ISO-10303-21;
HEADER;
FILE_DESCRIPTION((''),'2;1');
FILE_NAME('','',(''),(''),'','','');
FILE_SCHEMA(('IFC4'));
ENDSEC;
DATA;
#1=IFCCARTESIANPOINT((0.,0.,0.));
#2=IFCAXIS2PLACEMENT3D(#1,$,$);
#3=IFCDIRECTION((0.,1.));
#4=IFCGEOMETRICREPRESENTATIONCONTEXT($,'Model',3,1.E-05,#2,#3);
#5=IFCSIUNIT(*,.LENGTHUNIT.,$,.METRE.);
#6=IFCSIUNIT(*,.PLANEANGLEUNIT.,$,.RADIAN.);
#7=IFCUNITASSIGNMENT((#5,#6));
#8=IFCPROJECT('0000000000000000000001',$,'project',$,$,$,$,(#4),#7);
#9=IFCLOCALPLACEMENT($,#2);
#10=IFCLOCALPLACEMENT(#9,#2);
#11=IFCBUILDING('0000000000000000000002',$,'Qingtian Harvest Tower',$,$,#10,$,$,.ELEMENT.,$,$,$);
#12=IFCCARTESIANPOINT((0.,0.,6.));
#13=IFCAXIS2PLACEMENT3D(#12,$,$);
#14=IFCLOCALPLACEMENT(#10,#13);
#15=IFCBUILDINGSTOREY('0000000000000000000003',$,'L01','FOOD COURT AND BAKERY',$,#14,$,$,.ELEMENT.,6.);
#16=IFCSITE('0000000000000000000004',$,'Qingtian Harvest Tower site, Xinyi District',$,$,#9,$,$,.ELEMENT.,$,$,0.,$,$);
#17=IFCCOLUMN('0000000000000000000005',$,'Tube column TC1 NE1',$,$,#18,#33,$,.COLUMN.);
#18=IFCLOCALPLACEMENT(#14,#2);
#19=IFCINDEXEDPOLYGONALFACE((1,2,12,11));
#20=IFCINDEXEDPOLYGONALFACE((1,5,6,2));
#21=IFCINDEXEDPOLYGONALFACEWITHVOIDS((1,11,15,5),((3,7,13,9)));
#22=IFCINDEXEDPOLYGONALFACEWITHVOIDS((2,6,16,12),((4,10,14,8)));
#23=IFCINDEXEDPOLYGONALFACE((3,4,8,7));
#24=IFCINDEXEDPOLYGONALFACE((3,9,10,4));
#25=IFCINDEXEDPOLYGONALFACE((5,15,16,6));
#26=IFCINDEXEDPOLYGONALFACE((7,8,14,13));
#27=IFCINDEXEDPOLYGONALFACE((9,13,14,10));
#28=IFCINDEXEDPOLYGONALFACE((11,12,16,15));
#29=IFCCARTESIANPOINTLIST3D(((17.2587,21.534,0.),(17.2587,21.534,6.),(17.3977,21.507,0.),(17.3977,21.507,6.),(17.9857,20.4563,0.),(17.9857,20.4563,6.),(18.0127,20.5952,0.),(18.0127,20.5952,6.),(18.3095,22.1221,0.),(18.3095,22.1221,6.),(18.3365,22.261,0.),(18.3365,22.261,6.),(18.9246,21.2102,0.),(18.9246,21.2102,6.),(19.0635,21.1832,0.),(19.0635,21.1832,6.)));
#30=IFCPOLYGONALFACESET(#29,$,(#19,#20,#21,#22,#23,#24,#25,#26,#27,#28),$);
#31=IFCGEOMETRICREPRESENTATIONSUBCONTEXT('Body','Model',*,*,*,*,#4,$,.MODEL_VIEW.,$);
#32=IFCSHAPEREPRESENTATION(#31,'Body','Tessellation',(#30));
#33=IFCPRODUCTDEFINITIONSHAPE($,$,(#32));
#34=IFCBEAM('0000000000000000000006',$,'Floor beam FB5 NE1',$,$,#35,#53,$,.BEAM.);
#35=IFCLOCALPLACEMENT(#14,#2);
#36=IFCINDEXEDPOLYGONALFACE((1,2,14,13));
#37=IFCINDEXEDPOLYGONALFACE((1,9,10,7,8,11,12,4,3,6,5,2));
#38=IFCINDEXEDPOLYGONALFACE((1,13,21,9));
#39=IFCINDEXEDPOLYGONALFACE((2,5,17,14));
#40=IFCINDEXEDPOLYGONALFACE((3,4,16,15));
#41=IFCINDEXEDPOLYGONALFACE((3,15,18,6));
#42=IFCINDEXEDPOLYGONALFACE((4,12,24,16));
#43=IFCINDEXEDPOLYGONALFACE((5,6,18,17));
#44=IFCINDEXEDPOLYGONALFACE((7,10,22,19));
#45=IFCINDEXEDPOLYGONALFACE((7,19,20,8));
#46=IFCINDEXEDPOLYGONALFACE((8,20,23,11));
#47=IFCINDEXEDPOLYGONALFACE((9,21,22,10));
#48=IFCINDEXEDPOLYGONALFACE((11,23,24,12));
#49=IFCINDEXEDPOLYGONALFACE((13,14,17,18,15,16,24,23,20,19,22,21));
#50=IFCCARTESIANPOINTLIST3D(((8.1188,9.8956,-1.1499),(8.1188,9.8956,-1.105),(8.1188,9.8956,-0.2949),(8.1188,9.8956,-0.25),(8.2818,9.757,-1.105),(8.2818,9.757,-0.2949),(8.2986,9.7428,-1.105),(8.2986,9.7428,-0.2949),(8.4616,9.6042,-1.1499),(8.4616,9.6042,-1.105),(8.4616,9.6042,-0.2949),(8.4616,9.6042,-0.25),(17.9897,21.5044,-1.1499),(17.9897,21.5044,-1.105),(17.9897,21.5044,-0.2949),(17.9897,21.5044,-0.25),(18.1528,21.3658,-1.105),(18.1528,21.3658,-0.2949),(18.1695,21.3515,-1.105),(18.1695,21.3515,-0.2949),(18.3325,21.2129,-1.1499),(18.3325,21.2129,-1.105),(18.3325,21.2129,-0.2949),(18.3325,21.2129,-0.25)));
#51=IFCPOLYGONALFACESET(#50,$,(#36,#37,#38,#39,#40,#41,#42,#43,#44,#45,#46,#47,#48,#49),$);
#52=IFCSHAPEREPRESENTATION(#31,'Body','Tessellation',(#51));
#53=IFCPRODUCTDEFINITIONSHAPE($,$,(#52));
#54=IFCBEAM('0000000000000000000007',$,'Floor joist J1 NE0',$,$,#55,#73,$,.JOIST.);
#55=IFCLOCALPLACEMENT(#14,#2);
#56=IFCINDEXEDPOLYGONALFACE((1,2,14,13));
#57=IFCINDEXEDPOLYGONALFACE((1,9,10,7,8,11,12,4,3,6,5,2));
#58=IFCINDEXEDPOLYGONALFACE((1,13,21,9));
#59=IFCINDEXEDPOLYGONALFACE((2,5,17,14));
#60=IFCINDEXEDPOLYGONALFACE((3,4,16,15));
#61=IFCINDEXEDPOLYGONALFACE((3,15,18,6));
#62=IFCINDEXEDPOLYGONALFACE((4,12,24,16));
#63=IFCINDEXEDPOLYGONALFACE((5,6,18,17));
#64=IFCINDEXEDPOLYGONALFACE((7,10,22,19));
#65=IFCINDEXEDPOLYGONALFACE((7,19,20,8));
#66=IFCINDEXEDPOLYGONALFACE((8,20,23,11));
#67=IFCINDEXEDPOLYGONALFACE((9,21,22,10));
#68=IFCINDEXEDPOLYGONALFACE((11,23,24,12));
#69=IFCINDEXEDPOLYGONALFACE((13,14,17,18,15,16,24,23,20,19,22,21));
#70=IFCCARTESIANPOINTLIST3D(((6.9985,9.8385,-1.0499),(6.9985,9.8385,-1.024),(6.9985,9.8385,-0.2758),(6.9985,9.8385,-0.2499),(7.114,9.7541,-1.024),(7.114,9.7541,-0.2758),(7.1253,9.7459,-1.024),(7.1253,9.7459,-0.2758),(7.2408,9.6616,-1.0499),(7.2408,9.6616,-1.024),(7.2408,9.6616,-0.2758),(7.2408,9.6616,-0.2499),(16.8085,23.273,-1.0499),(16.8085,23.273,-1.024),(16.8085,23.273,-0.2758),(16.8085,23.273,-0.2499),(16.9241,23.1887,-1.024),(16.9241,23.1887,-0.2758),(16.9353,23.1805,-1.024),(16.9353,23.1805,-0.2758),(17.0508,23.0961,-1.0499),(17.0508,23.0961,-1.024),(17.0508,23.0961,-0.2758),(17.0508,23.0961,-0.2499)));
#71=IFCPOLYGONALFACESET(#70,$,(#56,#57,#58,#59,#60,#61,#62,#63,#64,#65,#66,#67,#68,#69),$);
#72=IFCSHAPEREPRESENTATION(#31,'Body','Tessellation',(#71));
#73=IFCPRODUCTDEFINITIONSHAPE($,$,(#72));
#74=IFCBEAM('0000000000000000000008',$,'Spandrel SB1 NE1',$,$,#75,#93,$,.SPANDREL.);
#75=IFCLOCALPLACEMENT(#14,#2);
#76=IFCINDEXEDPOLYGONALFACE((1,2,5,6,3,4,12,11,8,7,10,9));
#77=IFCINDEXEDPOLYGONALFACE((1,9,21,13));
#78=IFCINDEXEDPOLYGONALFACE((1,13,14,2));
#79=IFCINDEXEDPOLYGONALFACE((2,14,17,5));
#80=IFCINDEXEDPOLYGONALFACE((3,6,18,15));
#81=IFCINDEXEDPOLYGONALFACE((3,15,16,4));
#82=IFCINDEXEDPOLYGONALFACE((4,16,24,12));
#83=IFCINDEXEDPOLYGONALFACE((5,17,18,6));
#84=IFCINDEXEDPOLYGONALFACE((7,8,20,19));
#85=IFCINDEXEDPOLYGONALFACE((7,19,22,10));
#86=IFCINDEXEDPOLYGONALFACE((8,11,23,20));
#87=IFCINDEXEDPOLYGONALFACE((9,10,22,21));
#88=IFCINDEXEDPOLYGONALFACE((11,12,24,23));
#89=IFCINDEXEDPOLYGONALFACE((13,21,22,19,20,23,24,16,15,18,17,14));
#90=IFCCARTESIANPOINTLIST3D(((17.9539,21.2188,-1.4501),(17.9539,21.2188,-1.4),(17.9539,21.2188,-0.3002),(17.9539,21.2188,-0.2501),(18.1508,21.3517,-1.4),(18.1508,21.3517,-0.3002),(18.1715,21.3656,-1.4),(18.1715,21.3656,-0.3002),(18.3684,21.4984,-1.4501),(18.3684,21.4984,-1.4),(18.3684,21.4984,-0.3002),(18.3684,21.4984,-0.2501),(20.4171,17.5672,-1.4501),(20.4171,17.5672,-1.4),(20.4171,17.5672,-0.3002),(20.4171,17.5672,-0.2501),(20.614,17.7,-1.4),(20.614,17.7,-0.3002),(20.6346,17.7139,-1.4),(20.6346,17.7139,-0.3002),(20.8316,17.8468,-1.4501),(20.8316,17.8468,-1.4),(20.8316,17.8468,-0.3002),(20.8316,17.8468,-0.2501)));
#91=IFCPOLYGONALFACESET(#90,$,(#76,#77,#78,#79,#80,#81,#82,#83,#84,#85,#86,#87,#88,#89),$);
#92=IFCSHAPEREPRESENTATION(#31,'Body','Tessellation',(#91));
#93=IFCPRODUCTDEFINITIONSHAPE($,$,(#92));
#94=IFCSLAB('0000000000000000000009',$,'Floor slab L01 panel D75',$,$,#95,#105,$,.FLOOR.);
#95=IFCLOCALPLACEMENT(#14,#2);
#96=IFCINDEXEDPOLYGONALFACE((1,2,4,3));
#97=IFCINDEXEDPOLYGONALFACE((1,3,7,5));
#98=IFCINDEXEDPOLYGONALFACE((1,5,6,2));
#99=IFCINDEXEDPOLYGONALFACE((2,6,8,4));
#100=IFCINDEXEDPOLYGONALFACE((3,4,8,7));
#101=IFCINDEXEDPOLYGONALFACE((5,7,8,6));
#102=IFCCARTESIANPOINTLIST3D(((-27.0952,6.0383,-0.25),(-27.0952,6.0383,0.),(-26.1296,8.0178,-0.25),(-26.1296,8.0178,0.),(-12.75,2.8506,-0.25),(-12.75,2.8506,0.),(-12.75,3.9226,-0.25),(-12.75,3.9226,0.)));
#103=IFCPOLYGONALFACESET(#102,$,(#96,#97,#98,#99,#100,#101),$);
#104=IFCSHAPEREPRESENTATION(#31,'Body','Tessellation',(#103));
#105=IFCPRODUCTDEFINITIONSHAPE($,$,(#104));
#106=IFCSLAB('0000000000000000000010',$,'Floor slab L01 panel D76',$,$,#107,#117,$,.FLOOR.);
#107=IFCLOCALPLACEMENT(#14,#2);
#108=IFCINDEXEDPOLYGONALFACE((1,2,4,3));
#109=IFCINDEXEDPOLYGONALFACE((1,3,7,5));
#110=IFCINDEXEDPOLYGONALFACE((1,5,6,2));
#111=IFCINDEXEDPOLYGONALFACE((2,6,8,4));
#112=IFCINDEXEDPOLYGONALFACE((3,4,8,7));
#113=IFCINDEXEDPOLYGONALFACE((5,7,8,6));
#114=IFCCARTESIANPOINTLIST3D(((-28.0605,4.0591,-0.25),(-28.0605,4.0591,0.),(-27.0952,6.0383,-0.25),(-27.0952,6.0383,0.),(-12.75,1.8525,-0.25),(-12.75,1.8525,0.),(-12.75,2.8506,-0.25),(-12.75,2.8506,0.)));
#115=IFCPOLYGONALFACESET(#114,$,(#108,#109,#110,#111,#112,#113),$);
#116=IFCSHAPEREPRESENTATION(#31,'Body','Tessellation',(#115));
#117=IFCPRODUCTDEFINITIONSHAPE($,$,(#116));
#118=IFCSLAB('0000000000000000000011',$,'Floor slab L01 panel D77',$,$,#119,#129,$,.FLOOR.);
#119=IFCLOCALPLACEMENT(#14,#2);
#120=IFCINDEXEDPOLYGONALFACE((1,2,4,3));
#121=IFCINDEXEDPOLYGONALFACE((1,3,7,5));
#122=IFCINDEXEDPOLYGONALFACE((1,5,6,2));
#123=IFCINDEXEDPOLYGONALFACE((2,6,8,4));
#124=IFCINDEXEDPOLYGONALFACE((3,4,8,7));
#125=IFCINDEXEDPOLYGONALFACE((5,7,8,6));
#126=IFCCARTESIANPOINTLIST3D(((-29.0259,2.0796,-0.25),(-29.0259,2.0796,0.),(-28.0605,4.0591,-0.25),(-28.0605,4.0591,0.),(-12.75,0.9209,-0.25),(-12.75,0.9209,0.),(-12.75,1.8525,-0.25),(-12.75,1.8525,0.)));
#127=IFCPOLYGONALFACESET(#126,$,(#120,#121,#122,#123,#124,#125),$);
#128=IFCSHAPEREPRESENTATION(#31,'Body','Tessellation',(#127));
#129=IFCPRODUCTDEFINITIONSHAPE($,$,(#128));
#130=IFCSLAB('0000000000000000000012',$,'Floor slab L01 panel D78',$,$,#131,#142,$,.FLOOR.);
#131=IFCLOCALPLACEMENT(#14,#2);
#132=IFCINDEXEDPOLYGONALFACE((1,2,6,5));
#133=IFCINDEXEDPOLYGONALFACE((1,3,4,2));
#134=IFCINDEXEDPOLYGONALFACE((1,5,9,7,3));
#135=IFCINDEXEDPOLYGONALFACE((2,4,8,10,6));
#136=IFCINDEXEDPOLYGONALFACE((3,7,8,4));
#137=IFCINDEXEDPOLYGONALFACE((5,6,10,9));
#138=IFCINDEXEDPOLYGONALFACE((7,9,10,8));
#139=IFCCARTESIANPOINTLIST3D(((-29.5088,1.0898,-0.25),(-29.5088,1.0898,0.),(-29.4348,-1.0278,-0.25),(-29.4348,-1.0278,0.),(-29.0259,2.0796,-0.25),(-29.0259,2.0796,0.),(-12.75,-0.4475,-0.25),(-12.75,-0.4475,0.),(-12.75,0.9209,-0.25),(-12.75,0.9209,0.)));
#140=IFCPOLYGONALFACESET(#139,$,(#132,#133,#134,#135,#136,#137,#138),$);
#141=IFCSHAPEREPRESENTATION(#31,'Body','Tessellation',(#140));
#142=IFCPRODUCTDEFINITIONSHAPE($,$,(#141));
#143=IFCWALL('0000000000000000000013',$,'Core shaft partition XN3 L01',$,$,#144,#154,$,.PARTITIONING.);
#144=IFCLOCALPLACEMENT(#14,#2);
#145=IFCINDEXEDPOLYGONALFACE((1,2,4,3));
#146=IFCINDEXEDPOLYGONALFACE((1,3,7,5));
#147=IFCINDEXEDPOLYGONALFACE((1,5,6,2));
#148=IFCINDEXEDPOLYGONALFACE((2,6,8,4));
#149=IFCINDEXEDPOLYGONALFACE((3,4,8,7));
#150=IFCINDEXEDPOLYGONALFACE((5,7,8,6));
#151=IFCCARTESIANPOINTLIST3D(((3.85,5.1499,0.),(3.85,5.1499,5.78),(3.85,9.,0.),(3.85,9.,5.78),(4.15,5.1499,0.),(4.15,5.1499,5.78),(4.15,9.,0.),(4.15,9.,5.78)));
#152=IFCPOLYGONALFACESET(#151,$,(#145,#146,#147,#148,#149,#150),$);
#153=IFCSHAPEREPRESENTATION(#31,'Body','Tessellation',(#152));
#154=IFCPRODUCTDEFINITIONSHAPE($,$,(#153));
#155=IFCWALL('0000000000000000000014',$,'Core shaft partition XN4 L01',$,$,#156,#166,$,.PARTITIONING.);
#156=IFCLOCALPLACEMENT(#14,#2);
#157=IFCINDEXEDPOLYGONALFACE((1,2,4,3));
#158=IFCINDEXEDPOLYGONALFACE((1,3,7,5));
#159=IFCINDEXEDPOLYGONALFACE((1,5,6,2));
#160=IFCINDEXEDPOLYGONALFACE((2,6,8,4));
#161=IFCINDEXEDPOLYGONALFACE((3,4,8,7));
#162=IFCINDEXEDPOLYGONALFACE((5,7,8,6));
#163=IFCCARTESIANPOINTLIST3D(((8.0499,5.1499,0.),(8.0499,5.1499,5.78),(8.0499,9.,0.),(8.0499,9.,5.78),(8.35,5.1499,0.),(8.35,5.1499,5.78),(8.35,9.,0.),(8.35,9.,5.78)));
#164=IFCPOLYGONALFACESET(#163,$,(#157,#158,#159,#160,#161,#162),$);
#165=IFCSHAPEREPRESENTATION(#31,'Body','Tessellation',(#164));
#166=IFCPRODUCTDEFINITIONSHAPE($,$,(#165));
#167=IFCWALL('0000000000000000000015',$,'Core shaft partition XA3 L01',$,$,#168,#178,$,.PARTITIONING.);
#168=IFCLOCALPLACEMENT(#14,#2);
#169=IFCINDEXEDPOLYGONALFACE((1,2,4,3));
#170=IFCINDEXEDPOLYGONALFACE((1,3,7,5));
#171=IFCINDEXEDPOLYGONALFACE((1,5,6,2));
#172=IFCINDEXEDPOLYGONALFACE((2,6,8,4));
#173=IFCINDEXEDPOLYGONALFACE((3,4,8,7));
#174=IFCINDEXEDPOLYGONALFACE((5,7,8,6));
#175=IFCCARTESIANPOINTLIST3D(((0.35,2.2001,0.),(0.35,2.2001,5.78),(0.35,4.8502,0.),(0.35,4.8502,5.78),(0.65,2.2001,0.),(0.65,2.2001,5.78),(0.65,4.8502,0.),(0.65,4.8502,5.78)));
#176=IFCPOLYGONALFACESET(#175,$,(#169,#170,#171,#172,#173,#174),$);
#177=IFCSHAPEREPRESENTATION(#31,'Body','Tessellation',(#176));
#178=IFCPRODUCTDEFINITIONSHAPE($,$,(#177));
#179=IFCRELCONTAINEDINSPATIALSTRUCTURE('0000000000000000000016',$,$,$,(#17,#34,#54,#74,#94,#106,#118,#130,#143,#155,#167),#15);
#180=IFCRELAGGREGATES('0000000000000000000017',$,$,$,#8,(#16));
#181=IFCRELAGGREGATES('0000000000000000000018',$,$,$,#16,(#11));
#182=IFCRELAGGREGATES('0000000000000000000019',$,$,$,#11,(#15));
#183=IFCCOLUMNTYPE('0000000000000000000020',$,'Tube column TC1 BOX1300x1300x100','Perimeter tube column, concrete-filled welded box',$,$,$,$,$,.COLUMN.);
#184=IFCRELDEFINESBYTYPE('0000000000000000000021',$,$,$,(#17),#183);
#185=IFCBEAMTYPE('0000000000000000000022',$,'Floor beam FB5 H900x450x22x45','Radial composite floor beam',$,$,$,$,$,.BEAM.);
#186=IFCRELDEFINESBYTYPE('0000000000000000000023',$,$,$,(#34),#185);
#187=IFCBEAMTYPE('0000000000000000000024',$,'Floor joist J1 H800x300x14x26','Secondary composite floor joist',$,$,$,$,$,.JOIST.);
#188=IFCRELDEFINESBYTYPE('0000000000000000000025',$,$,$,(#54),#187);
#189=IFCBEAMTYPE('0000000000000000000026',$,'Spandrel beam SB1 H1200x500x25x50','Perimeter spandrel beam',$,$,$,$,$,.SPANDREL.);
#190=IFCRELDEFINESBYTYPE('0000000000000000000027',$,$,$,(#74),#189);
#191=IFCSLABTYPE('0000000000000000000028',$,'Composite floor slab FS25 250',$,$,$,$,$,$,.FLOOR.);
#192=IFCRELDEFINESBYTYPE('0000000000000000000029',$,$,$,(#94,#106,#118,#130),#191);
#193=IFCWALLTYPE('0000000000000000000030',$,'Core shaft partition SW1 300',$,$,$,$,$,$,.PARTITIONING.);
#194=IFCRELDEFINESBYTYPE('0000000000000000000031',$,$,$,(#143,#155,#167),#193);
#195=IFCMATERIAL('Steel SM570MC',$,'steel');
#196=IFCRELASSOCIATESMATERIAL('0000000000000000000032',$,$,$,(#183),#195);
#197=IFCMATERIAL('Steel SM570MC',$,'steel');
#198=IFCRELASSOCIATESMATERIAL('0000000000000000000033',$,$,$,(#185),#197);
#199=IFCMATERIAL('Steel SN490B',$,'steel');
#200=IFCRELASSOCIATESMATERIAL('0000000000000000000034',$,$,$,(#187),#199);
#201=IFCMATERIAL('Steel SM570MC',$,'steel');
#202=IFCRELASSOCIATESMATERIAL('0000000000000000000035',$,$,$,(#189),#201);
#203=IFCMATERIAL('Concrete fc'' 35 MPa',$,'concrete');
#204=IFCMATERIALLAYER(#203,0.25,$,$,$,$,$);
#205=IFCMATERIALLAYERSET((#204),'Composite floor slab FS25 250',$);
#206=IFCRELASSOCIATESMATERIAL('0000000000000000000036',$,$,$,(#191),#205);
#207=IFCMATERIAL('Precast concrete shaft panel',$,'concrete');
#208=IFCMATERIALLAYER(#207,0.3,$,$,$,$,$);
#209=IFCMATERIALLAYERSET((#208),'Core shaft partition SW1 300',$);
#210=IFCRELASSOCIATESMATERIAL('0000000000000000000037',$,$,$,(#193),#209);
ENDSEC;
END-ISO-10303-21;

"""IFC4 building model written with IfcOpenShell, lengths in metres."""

from ifc_helpers import new_model, si_unit, direction, frame, frame_2d, origin, origin_2d, place, context, subcontext, project, spatial, polyline, rectangle, hollow_rectangle, i_section, outline, extrude, material, layer, layer_set, material_profile, profile_set, type_object, element, save


model = new_model("IFC4")

# Units and contexts
model_context = context("Model", 3, precision=1e-05, world=origin(), true_north=direction((0.0, 1.0)))
body_context = subcontext(model_context, "Body", "Model", "MODEL_VIEW")
ifc_project = project(units=[si_unit("LENGTHUNIT", "METRE"), si_unit("PLANEANGLEUNIT", "RADIAN")], contexts=[model_context])

# Site, building, storey
site_placement = place(None, origin())
site = spatial("IfcSite", under=ifc_project, at=site_placement, Name="Qingtian Harvest Tower site, Xinyi District", CompositionType="ELEMENT", RefElevation=0.0)
building_placement = place(site_placement, origin())
building = spatial("IfcBuilding", under=site, at=building_placement, Name="Qingtian Harvest Tower", CompositionType="ELEMENT")
storey_placement = place(building_placement, frame((0.0, 0.0, 6.0)))
storey = spatial("IfcBuildingStorey", under=building, at=storey_placement, Name="L01", Description="FOOD COURT AND BAKERY", CompositionType="ELEMENT", Elevation=6.0)

# Column
ifc_material_1 = material(Name="Steel SM570MC", Category="steel")
ifc_material_profile_1 = material_profile(ifc_material_1, hollow_rectangle(XDim=1.3, YDim=1.3, WallThickness=0.1001, at=origin_2d()), Name="BOX1300x1300x100")
ifc_profile_set_1 = profile_set([ifc_material_profile_1], Name="Steel SM570MC")
column_type = type_object("IfcColumnType", Name="Tube column TC1 BOX1300x1300x100", Description="Perimeter tube column, concrete-filled welded box", PredefinedType="COLUMN", material=ifc_profile_set_1)
column_placement = place(storey_placement, frame((18.1611, 21.3586, 0.0), z_axis=(0.0, 0.0, 1.0), x_axis=(-0.559193, 0.829038, 0.0)))
element("IfcColumn", 1, at=column_placement, inside=storey, type_object=column_type, Name="Tube column TC1 NE1", PredefinedType="COLUMN", context=body_context, shape_type="SweptSolid", body=[
    extrude(hollow_rectangle(XDim=1.3, YDim=1.3, WallThickness=0.1001, at=origin_2d()), origin(), (0.0, 0.0, 1.0), 6.0),
])

# Beams
ifc_material_2 = material(Name="Steel SM570MC", Category="steel")
ifc_material_profile_2 = material_profile(ifc_material_2, i_section(OverallWidth=0.45, OverallDepth=0.8999, WebThickness=0.022, FlangeThickness=0.0449, at=origin_2d()), Name="H900x450x22x45")
ifc_profile_set_2 = profile_set([ifc_material_profile_2], Name="Steel SM570MC")
beam_type_1 = type_object("IfcBeamType", Name="Floor beam FB5 H900x450x22x45", Description="Radial composite floor beam", PredefinedType="BEAM", material=ifc_profile_set_2)
beam_1_placement = place(storey_placement, frame((18.1611, 21.3586, -0.7), z_axis=(-0.647782, -0.761826, 0.0), x_axis=(0.761826, -0.647782, 0.0)))
element("IfcBeam", 2, at=beam_1_placement, inside=storey, type_object=beam_type_1, Name="Floor beam FB5 NE1", PredefinedType="BEAM", context=body_context, shape_type="SweptSolid", body=[
    extrude(i_section(OverallWidth=0.45, OverallDepth=0.8999, WebThickness=0.022, FlangeThickness=0.0449, at=origin_2d()), origin(), (0.0, 0.0, 1.0), 15.238),
])
ifc_material_3 = material(Name="Steel SN490B", Category="steel")
ifc_material_profile_3 = material_profile(ifc_material_3, i_section(OverallWidth=0.3, OverallDepth=0.8, WebThickness=0.0139, FlangeThickness=0.0259, at=origin_2d()), Name="H800x300x14x26")
ifc_profile_set_3 = profile_set([ifc_material_profile_3], Name="Steel SN490B")
beam_type_2 = type_object("IfcBeamType", Name="Floor joist J1 H800x300x14x26", Description="Secondary composite floor joist", PredefinedType="JOIST", material=ifc_profile_set_3)
beam_2_placement = place(storey_placement, frame((16.9297, 23.1846, -0.6499), z_axis=(-0.589722, -0.807606, 0.0), x_axis=(0.807606, -0.589722, 0.0)))
element("IfcBeam", 3, at=beam_2_placement, inside=storey, type_object=beam_type_2, Name="Floor joist J1 NE0", PredefinedType="JOIST", context=body_context, shape_type="SweptSolid", body=[
    extrude(i_section(OverallWidth=0.3, OverallDepth=0.8, WebThickness=0.0139, FlangeThickness=0.0259, at=origin_2d()), origin(), (0.0, 0.0, 1.0), 16.635),
])
ifc_material_4 = material(Name="Steel SM570MC", Category="steel")
ifc_material_profile_4 = material_profile(ifc_material_4, i_section(OverallWidth=0.5, OverallDepth=1.2, WebThickness=0.0249, FlangeThickness=0.05, at=origin_2d()), Name="H1200x500x25x50")
ifc_profile_set_4 = profile_set([ifc_material_profile_4], Name="Steel SM570MC")
beam_type_3 = type_object("IfcBeamType", Name="Spandrel beam SB1 H1200x500x25x50", Description="Perimeter spandrel beam", PredefinedType="SPANDREL", material=ifc_profile_set_4)
beam_3_placement = place(storey_placement, frame((18.1611, 21.3586, -0.8501), z_axis=(0.559207, -0.829028, 0.0), x_axis=(0.829028, 0.559207, 0.0)))
element("IfcBeam", 4, at=beam_3_placement, inside=storey, type_object=beam_type_3, Name="Spandrel SB1 NE1", PredefinedType="SPANDREL", context=body_context, shape_type="SweptSolid", body=[
    extrude(i_section(OverallWidth=0.5, OverallDepth=1.2, WebThickness=0.0249, FlangeThickness=0.05, at=origin_2d()), origin(), (0.0, 0.0, 1.0), 4.4048),
])

# Slabs
ifc_material_5 = material(Name="Concrete fc' 35 MPa", Category="concrete")
ifc_layer_1 = layer(ifc_material_5, 0.25)
ifc_layer_set_1 = layer_set([ifc_layer_1], Name="Composite floor slab FS25 250")
slab_type = type_object("IfcSlabType", Name="Composite floor slab FS25 250", PredefinedType="FLOOR", material=ifc_layer_set_1)
slab_1_placement = place(storey_placement, frame((0.0, 0.0, -0.25)))
element("IfcSlab", 5, at=slab_1_placement, inside=storey, type_object=slab_type, Name="Floor slab L01 panel D75", PredefinedType="FLOOR", context=body_context, shape_type="SweptSolid", body=[
    extrude(outline(polyline([(-12.75, 2.8506), (-27.0952, 6.0383), (-26.1296, 8.0178), (-12.75, 3.9226), (-12.75, 2.8506)])), origin(), (0.0, 0.0, 1.0), 0.25),
])
slab_2_placement = place(storey_placement, frame((0.0, 0.0, -0.25)))
element("IfcSlab", 6, at=slab_2_placement, inside=storey, type_object=slab_type, Name="Floor slab L01 panel D76", PredefinedType="FLOOR", context=body_context, shape_type="SweptSolid", body=[
    extrude(outline(polyline([(-12.75, 1.8525), (-28.0605, 4.0591), (-27.0952, 6.0383), (-12.75, 2.8506), (-12.75, 1.8525)])), origin(), (0.0, 0.0, 1.0), 0.25),
])
slab_3_placement = place(storey_placement, frame((0.0, 0.0, -0.25)))
element("IfcSlab", 7, at=slab_3_placement, inside=storey, type_object=slab_type, Name="Floor slab L01 panel D77", PredefinedType="FLOOR", context=body_context, shape_type="SweptSolid", body=[
    extrude(outline(polyline([(-12.75, 0.9209), (-29.0259, 2.0796), (-28.0605, 4.0591), (-12.75, 1.8525), (-12.75, 0.9209)])), origin(), (0.0, 0.0, 1.0), 0.25),
])
slab_4_placement = place(storey_placement, frame((0.0, 0.0, -0.25)))
element("IfcSlab", 8, at=slab_4_placement, inside=storey, type_object=slab_type, Name="Floor slab L01 panel D78", PredefinedType="FLOOR", context=body_context, shape_type="SweptSolid", body=[
    extrude(outline(polyline([(-12.75, 0.9209), (-12.75, -0.4475), (-29.4348, -1.0278), (-29.5088, 1.0898), (-29.0259, 2.0796), (-12.75, 0.9209)])), origin(), (0.0, 0.0, 1.0), 0.25),
])

# Shared definitions
ifc_material_6 = material(Name="Precast concrete shaft panel", Category="concrete")
ifc_layer_2 = layer(ifc_material_6, 0.3)
ifc_layer_set_2 = layer_set([ifc_layer_2], Name="Core shaft partition SW1 300")
wall_type_1 = type_object("IfcWallType", Name="Core shaft partition SW1 300", PredefinedType="PARTITIONING", material=ifc_layer_set_2)

# Walls
for number, where, z_axis, x_axis, name in (
    (9, (4.0, 5.1499, 0.0), (0.0, 0.0, 1.0), (0.0, 1.0, 0.0), "Core shaft partition XN3 L01"),
    (10, (8.2, 5.1499, 0.0), (0.0, 0.0, 1.0), (0.0, 1.0, 0.0), "Core shaft partition XN4 L01"),
):
    element("IfcWall", number, at=place(storey_placement, frame(where, z_axis=z_axis, x_axis=x_axis)), inside=storey, type_object=wall_type_1, Name=name, PredefinedType="PARTITIONING", context=body_context, shape_type="SweptSolid", body=[
        extrude(rectangle(XDim=3.8501, YDim=0.3, at=frame_2d((1.925, 0.0))), origin(), (0.0, 0.0, 1.0), 5.78),
    ])
for number, where, z_axis, x_axis, name in (
    (11, (0.5, 2.2, 0.0), (0.0, 0.0, 1.0), (0.0, 1.0, 0.0), "Core shaft partition XA3 L01"),
):
    element("IfcWall", number, at=place(storey_placement, frame(where, z_axis=z_axis, x_axis=x_axis)), inside=storey, type_object=wall_type_1, Name=name, PredefinedType="PARTITIONING", context=body_context, shape_type="SweptSolid", body=[
        extrude(rectangle(XDim=2.6501, YDim=0.3, at=frame_2d((1.3252, 0.0))), origin(), (0.0, 0.0, 1.0), 5.78),
    ])

save(model, "model.ifc")
